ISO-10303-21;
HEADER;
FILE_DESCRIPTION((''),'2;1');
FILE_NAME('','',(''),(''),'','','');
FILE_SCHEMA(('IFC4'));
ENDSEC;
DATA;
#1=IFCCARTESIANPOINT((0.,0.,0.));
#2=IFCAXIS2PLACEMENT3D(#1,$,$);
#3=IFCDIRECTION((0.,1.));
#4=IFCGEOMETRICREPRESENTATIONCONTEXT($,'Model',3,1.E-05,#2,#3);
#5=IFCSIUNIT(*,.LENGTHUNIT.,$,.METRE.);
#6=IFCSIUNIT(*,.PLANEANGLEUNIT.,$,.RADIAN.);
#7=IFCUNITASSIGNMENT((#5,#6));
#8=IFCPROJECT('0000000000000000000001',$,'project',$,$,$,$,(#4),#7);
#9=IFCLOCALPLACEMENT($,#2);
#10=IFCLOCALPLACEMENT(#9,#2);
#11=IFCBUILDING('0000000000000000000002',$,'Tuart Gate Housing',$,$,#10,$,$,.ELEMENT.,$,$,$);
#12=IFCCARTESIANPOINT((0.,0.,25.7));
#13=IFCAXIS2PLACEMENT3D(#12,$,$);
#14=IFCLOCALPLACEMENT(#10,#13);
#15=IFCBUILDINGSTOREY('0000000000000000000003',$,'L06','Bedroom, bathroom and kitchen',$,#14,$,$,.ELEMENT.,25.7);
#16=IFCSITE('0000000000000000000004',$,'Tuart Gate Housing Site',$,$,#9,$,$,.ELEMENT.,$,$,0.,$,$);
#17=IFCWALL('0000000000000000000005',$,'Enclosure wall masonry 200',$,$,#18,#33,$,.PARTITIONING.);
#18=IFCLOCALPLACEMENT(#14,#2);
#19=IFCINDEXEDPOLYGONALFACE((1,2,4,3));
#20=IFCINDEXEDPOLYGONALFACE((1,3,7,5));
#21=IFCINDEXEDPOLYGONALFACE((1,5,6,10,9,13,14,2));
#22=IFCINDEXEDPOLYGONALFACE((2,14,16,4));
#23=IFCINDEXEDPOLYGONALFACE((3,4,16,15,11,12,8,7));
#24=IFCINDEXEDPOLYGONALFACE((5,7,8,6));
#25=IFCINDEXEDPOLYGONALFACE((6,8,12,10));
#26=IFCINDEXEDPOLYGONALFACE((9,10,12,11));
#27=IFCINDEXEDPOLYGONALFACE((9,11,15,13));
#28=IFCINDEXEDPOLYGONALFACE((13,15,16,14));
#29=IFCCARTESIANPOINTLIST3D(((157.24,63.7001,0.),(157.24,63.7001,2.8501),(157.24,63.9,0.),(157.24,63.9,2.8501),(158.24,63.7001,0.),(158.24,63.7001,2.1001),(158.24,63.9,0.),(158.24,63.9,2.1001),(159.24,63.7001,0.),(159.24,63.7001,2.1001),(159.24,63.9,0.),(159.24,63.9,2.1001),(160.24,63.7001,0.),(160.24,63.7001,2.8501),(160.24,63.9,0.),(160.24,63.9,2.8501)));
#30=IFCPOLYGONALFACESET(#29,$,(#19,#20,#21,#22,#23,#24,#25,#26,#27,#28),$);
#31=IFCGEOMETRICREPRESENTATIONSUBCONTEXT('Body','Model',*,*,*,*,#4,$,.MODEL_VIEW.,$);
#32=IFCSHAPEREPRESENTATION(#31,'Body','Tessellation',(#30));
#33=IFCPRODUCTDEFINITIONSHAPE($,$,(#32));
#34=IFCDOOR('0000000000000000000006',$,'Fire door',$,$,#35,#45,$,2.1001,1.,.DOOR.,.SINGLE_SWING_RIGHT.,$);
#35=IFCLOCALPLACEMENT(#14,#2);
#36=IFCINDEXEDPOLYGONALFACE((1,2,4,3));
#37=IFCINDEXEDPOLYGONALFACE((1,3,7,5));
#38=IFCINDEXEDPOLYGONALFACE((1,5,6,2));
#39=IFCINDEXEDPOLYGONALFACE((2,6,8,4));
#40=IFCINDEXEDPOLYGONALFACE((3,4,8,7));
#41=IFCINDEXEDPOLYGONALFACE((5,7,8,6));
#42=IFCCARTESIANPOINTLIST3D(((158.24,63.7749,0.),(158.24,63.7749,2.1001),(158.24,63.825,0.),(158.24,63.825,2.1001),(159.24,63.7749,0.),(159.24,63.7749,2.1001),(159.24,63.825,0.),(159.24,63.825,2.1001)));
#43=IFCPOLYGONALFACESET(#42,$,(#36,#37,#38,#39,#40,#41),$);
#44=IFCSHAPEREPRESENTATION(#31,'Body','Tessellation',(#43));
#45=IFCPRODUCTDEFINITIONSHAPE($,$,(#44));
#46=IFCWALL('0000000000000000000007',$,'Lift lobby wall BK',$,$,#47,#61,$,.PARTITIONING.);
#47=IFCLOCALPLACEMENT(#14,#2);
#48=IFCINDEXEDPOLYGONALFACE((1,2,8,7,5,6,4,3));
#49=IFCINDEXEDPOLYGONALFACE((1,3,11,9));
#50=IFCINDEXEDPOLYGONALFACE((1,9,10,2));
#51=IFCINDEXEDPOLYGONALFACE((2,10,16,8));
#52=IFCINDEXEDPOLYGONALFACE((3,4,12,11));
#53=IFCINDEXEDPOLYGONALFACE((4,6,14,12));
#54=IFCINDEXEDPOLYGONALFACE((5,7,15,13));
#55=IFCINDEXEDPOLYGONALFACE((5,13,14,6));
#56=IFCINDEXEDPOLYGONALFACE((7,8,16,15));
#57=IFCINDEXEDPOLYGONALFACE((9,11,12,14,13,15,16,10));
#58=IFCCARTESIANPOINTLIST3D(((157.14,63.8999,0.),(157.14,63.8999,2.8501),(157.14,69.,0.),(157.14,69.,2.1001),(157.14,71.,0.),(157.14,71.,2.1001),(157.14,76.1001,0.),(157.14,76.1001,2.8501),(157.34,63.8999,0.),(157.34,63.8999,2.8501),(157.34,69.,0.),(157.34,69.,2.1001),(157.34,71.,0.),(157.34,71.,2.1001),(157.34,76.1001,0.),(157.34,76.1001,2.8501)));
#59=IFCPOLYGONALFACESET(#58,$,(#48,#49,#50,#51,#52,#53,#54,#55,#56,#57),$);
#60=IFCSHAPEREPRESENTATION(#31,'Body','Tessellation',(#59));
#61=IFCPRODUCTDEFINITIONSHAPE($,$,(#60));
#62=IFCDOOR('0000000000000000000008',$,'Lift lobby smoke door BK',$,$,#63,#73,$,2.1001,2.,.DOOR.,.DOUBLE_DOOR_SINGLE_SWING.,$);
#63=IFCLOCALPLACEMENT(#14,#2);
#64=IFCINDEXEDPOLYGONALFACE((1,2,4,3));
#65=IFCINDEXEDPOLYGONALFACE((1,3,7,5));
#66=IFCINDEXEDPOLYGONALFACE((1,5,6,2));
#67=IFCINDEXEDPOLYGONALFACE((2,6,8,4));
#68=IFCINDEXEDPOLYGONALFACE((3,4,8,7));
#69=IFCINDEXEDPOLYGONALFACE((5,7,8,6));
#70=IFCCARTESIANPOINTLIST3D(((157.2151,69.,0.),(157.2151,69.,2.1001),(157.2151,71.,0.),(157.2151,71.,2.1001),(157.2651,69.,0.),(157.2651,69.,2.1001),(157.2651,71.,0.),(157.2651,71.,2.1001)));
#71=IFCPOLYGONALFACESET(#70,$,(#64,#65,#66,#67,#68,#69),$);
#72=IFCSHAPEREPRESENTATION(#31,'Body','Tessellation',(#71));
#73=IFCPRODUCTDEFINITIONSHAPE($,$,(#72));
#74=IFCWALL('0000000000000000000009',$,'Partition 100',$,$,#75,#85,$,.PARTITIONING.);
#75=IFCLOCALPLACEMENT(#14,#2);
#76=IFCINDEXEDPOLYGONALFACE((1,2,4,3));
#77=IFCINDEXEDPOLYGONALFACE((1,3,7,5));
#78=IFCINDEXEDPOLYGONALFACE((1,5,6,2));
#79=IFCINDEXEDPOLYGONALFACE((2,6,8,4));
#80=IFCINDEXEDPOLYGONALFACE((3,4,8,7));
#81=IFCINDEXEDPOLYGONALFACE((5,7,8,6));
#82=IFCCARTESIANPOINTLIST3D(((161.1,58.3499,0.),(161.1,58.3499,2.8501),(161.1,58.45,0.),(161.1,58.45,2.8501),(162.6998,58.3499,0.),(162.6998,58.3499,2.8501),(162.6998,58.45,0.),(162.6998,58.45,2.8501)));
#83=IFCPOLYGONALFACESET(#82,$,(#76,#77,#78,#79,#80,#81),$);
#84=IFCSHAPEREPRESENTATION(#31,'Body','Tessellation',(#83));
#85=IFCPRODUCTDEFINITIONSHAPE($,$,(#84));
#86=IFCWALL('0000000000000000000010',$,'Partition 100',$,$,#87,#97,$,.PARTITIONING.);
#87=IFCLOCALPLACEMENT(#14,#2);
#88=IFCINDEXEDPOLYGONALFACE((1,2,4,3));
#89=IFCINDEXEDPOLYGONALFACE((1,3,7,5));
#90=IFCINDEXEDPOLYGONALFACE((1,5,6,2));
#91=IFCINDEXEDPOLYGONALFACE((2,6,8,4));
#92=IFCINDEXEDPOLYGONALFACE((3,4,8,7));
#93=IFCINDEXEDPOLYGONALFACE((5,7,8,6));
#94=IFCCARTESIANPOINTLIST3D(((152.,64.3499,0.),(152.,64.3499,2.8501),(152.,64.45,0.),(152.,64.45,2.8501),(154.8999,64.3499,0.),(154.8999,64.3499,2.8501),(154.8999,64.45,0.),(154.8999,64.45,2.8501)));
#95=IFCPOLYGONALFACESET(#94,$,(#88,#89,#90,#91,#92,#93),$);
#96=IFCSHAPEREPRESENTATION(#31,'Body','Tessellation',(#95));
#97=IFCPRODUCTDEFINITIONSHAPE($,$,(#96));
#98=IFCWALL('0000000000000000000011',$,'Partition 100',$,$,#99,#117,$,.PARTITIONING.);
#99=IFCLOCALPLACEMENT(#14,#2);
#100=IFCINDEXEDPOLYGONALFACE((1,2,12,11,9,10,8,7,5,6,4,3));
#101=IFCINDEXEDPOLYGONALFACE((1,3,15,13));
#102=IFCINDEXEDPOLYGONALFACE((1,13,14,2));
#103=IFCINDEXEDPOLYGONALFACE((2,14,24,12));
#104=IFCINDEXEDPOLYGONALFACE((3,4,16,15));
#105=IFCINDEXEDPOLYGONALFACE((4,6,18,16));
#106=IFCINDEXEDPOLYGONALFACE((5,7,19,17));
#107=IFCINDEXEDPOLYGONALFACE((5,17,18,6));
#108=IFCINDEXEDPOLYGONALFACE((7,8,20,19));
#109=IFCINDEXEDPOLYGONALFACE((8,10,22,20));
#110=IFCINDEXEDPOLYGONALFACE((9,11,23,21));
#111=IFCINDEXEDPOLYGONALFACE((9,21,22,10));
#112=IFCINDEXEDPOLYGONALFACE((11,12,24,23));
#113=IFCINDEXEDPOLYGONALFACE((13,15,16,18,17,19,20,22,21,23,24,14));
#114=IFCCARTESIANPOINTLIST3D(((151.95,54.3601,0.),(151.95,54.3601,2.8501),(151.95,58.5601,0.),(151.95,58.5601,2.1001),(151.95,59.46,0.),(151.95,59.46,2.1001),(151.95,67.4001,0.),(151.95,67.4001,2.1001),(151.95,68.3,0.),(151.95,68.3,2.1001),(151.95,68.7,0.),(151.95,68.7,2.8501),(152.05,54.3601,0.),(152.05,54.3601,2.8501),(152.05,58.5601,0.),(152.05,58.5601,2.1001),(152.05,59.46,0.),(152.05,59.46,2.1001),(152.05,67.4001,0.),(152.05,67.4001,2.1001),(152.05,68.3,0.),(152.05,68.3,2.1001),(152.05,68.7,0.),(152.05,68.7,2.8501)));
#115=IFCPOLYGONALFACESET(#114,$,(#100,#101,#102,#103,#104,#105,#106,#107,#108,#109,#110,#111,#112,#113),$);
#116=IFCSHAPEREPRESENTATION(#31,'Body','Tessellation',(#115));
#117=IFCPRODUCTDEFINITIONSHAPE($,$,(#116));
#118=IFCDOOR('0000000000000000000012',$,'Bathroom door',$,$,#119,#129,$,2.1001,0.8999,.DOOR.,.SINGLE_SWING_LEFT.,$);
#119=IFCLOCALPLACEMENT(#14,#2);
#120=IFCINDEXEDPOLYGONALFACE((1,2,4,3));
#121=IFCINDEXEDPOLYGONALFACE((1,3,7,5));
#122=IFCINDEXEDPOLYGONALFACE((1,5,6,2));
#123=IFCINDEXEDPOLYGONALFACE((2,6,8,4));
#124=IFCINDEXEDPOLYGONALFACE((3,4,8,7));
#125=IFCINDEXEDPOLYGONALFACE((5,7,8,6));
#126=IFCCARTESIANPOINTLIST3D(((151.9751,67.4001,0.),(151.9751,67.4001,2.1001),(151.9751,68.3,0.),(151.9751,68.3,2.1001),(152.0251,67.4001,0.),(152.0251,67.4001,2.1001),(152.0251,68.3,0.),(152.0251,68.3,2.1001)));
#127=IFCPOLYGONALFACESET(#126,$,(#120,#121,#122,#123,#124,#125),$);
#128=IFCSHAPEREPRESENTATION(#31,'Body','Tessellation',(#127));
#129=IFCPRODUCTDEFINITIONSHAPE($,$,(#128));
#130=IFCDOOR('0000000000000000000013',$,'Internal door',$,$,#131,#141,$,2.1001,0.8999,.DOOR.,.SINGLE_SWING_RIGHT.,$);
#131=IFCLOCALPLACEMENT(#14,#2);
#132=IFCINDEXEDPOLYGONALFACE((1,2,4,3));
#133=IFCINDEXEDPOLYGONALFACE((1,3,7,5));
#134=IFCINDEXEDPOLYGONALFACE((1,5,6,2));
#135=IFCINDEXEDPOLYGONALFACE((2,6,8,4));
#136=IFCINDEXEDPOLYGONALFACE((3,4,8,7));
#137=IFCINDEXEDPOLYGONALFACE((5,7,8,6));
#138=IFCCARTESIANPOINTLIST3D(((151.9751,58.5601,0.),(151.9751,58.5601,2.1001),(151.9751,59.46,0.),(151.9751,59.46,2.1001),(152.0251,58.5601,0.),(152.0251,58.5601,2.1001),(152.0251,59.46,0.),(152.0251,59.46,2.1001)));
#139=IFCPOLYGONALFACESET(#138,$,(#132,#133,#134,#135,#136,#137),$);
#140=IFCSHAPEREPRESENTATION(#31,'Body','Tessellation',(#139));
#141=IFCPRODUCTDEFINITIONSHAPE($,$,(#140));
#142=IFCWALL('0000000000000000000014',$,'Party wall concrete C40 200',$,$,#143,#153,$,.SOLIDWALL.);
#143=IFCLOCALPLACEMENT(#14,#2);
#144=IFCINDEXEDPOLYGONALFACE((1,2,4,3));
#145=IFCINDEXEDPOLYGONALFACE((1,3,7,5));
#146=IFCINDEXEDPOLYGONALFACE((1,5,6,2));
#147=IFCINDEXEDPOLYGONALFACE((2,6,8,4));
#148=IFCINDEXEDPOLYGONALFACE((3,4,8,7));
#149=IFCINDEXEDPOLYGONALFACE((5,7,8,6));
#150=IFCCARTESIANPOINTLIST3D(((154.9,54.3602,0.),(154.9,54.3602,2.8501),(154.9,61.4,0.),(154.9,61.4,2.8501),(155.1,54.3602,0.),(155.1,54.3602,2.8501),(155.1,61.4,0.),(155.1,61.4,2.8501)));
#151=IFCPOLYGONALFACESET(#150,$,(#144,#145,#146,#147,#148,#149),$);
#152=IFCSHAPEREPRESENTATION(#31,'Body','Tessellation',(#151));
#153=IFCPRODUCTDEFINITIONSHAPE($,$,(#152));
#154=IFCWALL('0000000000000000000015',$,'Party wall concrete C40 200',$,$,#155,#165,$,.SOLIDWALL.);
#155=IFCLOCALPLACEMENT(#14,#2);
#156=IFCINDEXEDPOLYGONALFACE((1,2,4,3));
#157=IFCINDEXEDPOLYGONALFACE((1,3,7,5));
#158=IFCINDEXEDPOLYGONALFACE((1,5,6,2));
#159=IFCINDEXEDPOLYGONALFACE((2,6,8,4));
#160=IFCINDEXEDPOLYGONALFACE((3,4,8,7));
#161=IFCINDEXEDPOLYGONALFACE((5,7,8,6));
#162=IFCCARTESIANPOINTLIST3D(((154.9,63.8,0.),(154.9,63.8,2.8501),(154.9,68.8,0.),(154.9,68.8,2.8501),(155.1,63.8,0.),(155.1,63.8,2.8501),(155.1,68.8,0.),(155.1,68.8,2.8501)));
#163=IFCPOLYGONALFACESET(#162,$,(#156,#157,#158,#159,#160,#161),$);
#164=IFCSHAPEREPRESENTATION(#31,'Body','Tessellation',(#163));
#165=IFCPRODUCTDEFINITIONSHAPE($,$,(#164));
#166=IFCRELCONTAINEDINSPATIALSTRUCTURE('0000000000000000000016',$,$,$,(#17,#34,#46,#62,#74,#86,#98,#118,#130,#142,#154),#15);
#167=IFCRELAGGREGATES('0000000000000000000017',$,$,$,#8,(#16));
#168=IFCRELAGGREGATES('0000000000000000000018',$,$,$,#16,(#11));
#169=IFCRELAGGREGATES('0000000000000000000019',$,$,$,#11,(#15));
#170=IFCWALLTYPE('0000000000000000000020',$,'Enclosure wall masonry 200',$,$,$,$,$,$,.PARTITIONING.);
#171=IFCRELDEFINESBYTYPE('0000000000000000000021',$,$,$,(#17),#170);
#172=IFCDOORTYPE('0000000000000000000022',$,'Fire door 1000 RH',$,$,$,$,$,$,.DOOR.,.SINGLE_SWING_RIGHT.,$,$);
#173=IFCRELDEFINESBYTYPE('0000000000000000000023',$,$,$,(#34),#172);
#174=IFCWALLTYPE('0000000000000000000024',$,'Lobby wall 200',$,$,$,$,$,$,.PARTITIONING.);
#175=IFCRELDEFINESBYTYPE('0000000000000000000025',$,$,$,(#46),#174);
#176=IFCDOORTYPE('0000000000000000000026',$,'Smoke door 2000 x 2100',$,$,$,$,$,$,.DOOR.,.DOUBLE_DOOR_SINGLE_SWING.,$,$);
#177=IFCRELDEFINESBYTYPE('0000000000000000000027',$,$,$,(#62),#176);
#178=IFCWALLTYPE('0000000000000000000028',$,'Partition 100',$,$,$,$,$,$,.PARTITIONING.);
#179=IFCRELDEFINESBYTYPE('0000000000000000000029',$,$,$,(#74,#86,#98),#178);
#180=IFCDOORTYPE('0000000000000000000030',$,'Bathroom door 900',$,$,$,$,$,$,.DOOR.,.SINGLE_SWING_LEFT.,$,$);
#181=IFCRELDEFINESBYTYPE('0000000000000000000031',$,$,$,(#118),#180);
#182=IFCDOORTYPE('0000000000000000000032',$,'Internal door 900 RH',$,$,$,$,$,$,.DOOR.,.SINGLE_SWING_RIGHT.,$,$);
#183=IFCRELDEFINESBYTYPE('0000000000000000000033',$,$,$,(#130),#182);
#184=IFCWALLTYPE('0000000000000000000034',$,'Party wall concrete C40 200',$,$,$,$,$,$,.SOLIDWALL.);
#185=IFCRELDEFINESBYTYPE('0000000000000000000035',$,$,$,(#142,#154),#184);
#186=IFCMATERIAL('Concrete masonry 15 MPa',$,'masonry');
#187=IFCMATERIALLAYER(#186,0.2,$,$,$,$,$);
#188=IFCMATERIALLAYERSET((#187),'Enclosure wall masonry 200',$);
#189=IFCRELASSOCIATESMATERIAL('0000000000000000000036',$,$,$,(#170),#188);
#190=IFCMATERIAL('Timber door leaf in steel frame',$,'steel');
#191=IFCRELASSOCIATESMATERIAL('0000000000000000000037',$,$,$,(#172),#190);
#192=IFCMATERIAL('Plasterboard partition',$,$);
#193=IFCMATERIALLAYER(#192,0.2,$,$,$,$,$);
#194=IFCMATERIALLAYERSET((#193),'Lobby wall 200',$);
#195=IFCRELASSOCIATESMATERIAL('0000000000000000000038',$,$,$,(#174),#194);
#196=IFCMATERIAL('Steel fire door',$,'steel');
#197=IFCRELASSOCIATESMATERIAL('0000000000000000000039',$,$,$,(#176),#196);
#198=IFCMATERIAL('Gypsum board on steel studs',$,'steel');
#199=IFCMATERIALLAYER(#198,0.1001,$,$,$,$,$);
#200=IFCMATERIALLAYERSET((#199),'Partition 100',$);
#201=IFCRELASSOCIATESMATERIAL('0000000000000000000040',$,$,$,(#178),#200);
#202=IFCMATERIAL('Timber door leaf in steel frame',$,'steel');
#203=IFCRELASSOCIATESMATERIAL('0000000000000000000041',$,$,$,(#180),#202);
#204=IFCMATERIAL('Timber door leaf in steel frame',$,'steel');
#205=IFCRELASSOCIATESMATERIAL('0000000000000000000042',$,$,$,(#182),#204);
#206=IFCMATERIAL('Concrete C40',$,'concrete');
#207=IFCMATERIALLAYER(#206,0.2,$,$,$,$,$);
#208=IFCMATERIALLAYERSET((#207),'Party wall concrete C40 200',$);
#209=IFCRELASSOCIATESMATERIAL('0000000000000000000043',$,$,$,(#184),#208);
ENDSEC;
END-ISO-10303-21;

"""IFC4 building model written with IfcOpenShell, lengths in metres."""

from ifc_helpers import new_model, si_unit, direction, frame, frame_2d, origin, place, context, subcontext, project, spatial, rectangle, extrude, material, layer, layer_set, type_object, element, fill, save


model = new_model("IFC4")

# Units and contexts
model_context = context("Model", 3, precision=1e-05, world=origin(), true_north=direction((0.0, 1.0)))
body_context = subcontext(model_context, "Body", "Model", "MODEL_VIEW")
ifc_project = project(units=[si_unit("LENGTHUNIT", "METRE"), si_unit("PLANEANGLEUNIT", "RADIAN")], contexts=[model_context])

# Site, building, storey
site_placement = place(None, origin())
site = spatial("IfcSite", under=ifc_project, at=site_placement, Name="Tuart Gate Housing Site", CompositionType="ELEMENT", RefElevation=0.0)
building_placement = place(site_placement, origin())
building = spatial("IfcBuilding", under=site, at=building_placement, Name="Tuart Gate Housing", CompositionType="ELEMENT")
storey_placement = place(building_placement, frame((0.0, 0.0, 25.7)))
storey = spatial("IfcBuildingStorey", under=building, at=storey_placement, Name="L06", Description="Bedroom, bathroom and kitchen", CompositionType="ELEMENT", Elevation=25.7)

# Walls, openings, doors
ifc_material_1 = material(Name="Concrete masonry 15 MPa", Category="masonry")
ifc_layer_1 = layer(ifc_material_1, 0.2)
ifc_layer_set_1 = layer_set([ifc_layer_1], Name="Enclosure wall masonry 200")
wall_type_1 = type_object("IfcWallType", Name="Enclosure wall masonry 200", PredefinedType="PARTITIONING", material=ifc_layer_set_1)
wall_1_placement = place(storey_placement, frame((157.24, 63.8, 0.0), z_axis=(0.0, 0.0, 1.0), x_axis=(1.0, 0.0, 0.0)))
wall_1 = element("IfcWall", 1, at=wall_1_placement, inside=storey, type_object=wall_type_1, Name="Enclosure wall masonry 200", PredefinedType="PARTITIONING", context=body_context, shape_type="SweptSolid", body=[
    extrude(rectangle(XDim=3.0, YDim=0.2, at=frame_2d((1.5, 0.0))), origin(), (0.0, 0.0, 1.0), 2.8501),
])
opening_1_placement = place(wall_1_placement, frame((1.0, 0.0, 0.0)))
opening_1 = element("IfcOpeningElement", 2, at=opening_1_placement, cuts=wall_1, PredefinedType="OPENING", context=body_context, shape_type="SweptSolid", body=[
    extrude(rectangle(XDim=1.0, YDim=2.1001, at=frame_2d((0.5, 1.05))), frame((0.0, 0.1099, 0.0), z_axis=(0.0, -1.0, 0.0), x_axis=(1.0, 0.0, 0.0)), (0.0, 0.0, 1.0), 0.22),
])
ifc_material_2 = material(Name="Timber door leaf in steel frame", Category="steel")
door_type_1 = type_object("IfcDoorType", Name="Fire door 1000 RH", OperationType="SINGLE_SWING_RIGHT", PredefinedType="DOOR", material=ifc_material_2)
door_1_placement = place(opening_1_placement, frame((1.0, 0.0, 0.0), z_axis=(0.0, 0.0, 1.0), x_axis=(-1.0, 0.0, 0.0)))
door_1 = element("IfcDoor", 3, at=door_1_placement, inside=storey, type_object=door_type_1, Name="Fire door", OperationType="SINGLE_SWING_RIGHT", OverallHeight=2.1001, OverallWidth=1.0, PredefinedType="DOOR", context=body_context, shape_type="SweptSolid", body=[
    extrude(rectangle(XDim=1.0, YDim=2.1001, at=frame_2d((0.5, 1.05))), frame((0.0, 0.0251, 0.0), z_axis=(0.0, -1.0, 0.0), x_axis=(1.0, 0.0, 0.0)), (0.0, 0.0, 1.0), 0.05),
])
fill(opening_1, door_1)
ifc_material_3 = material(Name="Plasterboard partition")
ifc_layer_2 = layer(ifc_material_3, 0.2)
ifc_layer_set_2 = layer_set([ifc_layer_2], Name="Lobby wall 200")
wall_type_2 = type_object("IfcWallType", Name="Lobby wall 200", PredefinedType="PARTITIONING", material=ifc_layer_set_2)
wall_2_placement = place(storey_placement, frame((157.24, 63.8999, 0.0), z_axis=(0.0, 0.0, 1.0), x_axis=(0.0, 1.0, 0.0)))
wall_2 = element("IfcWall", 4, at=wall_2_placement, inside=storey, type_object=wall_type_2, Name="Lift lobby wall BK", PredefinedType="PARTITIONING", context=body_context, shape_type="SweptSolid", body=[
    extrude(rectangle(XDim=12.2002, YDim=0.2, at=frame_2d((6.1001, 0.0))), origin(), (0.0, 0.0, 1.0), 2.8501),
])
opening_2_placement = place(wall_2_placement, frame((5.1001, 0.0, 0.0)))
opening_2 = element("IfcOpeningElement", 5, at=opening_2_placement, cuts=wall_2, PredefinedType="OPENING", context=body_context, shape_type="SweptSolid", body=[
    extrude(rectangle(XDim=2.0, YDim=2.1001, at=frame_2d((1.0, 1.05))), frame((0.0, 0.1099, 0.0), z_axis=(0.0, -1.0, 0.0), x_axis=(1.0, 0.0, 0.0)), (0.0, 0.0, 1.0), 0.22),
])
ifc_material_4 = material(Name="Steel fire door", Category="steel")
door_type_2 = type_object("IfcDoorType", Name="Smoke door 2000 x 2100", OperationType="DOUBLE_DOOR_SINGLE_SWING", PredefinedType="DOOR", material=ifc_material_4)
door_2_placement = place(opening_2_placement, frame((2.0, 0.0, 0.0), z_axis=(0.0, 0.0, 1.0), x_axis=(-1.0, 0.0, 0.0)))
door_2 = element("IfcDoor", 6, at=door_2_placement, inside=storey, type_object=door_type_2, Name="Lift lobby smoke door BK", OperationType="DOUBLE_DOOR_SINGLE_SWING", OverallHeight=2.1001, OverallWidth=2.0, PredefinedType="DOOR", context=body_context, shape_type="SweptSolid", body=[
    extrude(rectangle(XDim=2.0, YDim=2.1001, at=frame_2d((1.0, 1.05))), frame((0.0, 0.0251, 0.0), z_axis=(0.0, -1.0, 0.0), x_axis=(1.0, 0.0, 0.0)), (0.0, 0.0, 1.0), 0.05),
])
fill(opening_2, door_2)

# Walls
ifc_material_5 = material(Name="Gypsum board on steel studs", Category="steel")
ifc_layer_3 = layer(ifc_material_5, 0.1001)
ifc_layer_set_3 = layer_set([ifc_layer_3], Name="Partition 100")
wall_type_3 = type_object("IfcWallType", Name="Partition 100", PredefinedType="PARTITIONING", material=ifc_layer_set_3)
wall_3_placement = place(storey_placement, frame((161.1001, 58.3999, 0.0), z_axis=(0.0, 0.0, 1.0), x_axis=(1.0, 0.0, 0.0)))
element("IfcWall", 7, at=wall_3_placement, inside=storey, type_object=wall_type_3, Name="Partition 100", PredefinedType="PARTITIONING", context=body_context, shape_type="SweptSolid", body=[
    extrude(rectangle(XDim=1.5999, YDim=0.1001, at=frame_2d((0.7998, 0.0))), origin(), (0.0, 0.0, 1.0), 2.8501),
])
wall_4_placement = place(storey_placement, frame((152.0, 64.3999, 0.0), z_axis=(0.0, 0.0, 1.0), x_axis=(1.0, 0.0, 0.0)))
element("IfcWall", 8, at=wall_4_placement, inside=storey, type_object=wall_type_3, Name="Partition 100", PredefinedType="PARTITIONING", context=body_context, shape_type="SweptSolid", body=[
    extrude(rectangle(XDim=2.8999, YDim=0.1001, at=frame_2d((1.45, 0.0))), origin(), (0.0, 0.0, 1.0), 2.8501),
])

# Wall, openings, doors
wall_5_placement = place(storey_placement, frame((152.0, 54.3601, 0.0), z_axis=(0.0, 0.0, 1.0), x_axis=(0.0, 1.0, 0.0)))
wall_5 = element("IfcWall", 9, at=wall_5_placement, inside=storey, type_object=wall_type_3, Name="Partition 100", PredefinedType="PARTITIONING", context=body_context, shape_type="SweptSolid", body=[
    extrude(rectangle(XDim=14.3398, YDim=0.1001, at=frame_2d((7.1699, 0.0))), origin(), (0.0, 0.0, 1.0), 2.8501),
])
opening_3_placement = place(wall_5_placement, frame((4.2, 0.0, 0.0)))
opening_3 = element("IfcOpeningElement", 10, at=opening_3_placement, cuts=wall_5, PredefinedType="OPENING", context=body_context, shape_type="SweptSolid", body=[
    extrude(rectangle(XDim=0.8999, YDim=2.1001, at=frame_2d((0.45, 1.05))), frame((0.0, 0.0601, 0.0), z_axis=(0.0, -1.0, 0.0), x_axis=(1.0, 0.0, 0.0)), (0.0, 0.0, 1.0), 0.1201),
])
opening_4_placement = place(wall_5_placement, frame((13.04, 0.0, 0.0)))
opening_4 = element("IfcOpeningElement", 11, at=opening_4_placement, cuts=wall_5, PredefinedType="OPENING", context=body_context, shape_type="SweptSolid", body=[
    extrude(rectangle(XDim=0.8999, YDim=2.1001, at=frame_2d((0.45, 1.05))), frame((0.0, 0.0601, 0.0), z_axis=(0.0, -1.0, 0.0), x_axis=(1.0, 0.0, 0.0)), (0.0, 0.0, 1.0), 0.1201),
])
ifc_material_6 = material(Name="Timber door leaf in steel frame", Category="steel")
door_type_3 = type_object("IfcDoorType", Name="Bathroom door 900", OperationType="SINGLE_SWING_LEFT", PredefinedType="DOOR", material=ifc_material_6)
door_3_placement = place(opening_4_placement, frame((0.8999, 0.0, 0.0), z_axis=(0.0, 0.0, 1.0), x_axis=(-1.0, 0.0, 0.0)))
door_3 = element("IfcDoor", 12, at=door_3_placement, inside=storey, type_object=door_type_3, Name="Bathroom door", OperationType="SINGLE_SWING_LEFT", OverallHeight=2.1001, OverallWidth=0.8999, PredefinedType="DOOR", context=body_context, shape_type="SweptSolid", body=[
    extrude(rectangle(XDim=0.8999, YDim=2.1001, at=frame_2d((0.45, 1.05))), frame((0.0, 0.0251, 0.0), z_axis=(0.0, -1.0, 0.0), x_axis=(1.0, 0.0, 0.0)), (0.0, 0.0, 1.0), 0.05),
])
fill(opening_4, door_3)
ifc_material_7 = material(Name="Timber door leaf in steel frame", Category="steel")
door_type_4 = type_object("IfcDoorType", Name="Internal door 900 RH", OperationType="SINGLE_SWING_RIGHT", PredefinedType="DOOR", material=ifc_material_7)
door_4_placement = place(opening_3_placement, frame((0.8999, 0.0, 0.0), z_axis=(0.0, 0.0, 1.0), x_axis=(-1.0, 0.0, 0.0)))
door_4 = element("IfcDoor", 13, at=door_4_placement, inside=storey, type_object=door_type_4, Name="Internal door", OperationType="SINGLE_SWING_RIGHT", OverallHeight=2.1001, OverallWidth=0.8999, PredefinedType="DOOR", context=body_context, shape_type="SweptSolid", body=[
    extrude(rectangle(XDim=0.8999, YDim=2.1001, at=frame_2d((0.45, 1.05))), frame((0.0, 0.0251, 0.0), z_axis=(0.0, -1.0, 0.0), x_axis=(1.0, 0.0, 0.0)), (0.0, 0.0, 1.0), 0.05),
])
fill(opening_3, door_4)

# Walls
ifc_material_8 = material(Name="Concrete C40", Category="concrete")
ifc_layer_4 = layer(ifc_material_8, 0.2)
ifc_layer_set_4 = layer_set([ifc_layer_4], Name="Party wall concrete C40 200")
wall_type_4 = type_object("IfcWallType", Name="Party wall concrete C40 200", PredefinedType="SOLIDWALL", material=ifc_layer_set_4)
wall_6_placement = place(storey_placement, frame((155.0, 54.3601, 0.0), z_axis=(0.0, 0.0, 1.0), x_axis=(0.0, 1.0, 0.0)))
element("IfcWall", 14, at=wall_6_placement, inside=storey, type_object=wall_type_4, Name="Party wall concrete C40 200", PredefinedType="SOLIDWALL", context=body_context, shape_type="SweptSolid", body=[
    extrude(rectangle(XDim=7.0398, YDim=0.2, at=frame_2d((3.52, 0.0))), origin(), (0.0, 0.0, 1.0), 2.8501),
])
wall_7_placement = place(storey_placement, frame((155.0, 63.8, 0.0), z_axis=(0.0, 0.0, 1.0), x_axis=(0.0, 1.0, 0.0)))
element("IfcWall", 15, at=wall_7_placement, inside=storey, type_object=wall_type_4, Name="Party wall concrete C40 200", PredefinedType="SOLIDWALL", context=body_context, shape_type="SweptSolid", body=[
    extrude(rectangle(XDim=5.0, YDim=0.2, at=frame_2d((2.5, 0.0))), origin(), (0.0, 0.0, 1.0), 2.8501),
])

save(model, "model.ifc")
